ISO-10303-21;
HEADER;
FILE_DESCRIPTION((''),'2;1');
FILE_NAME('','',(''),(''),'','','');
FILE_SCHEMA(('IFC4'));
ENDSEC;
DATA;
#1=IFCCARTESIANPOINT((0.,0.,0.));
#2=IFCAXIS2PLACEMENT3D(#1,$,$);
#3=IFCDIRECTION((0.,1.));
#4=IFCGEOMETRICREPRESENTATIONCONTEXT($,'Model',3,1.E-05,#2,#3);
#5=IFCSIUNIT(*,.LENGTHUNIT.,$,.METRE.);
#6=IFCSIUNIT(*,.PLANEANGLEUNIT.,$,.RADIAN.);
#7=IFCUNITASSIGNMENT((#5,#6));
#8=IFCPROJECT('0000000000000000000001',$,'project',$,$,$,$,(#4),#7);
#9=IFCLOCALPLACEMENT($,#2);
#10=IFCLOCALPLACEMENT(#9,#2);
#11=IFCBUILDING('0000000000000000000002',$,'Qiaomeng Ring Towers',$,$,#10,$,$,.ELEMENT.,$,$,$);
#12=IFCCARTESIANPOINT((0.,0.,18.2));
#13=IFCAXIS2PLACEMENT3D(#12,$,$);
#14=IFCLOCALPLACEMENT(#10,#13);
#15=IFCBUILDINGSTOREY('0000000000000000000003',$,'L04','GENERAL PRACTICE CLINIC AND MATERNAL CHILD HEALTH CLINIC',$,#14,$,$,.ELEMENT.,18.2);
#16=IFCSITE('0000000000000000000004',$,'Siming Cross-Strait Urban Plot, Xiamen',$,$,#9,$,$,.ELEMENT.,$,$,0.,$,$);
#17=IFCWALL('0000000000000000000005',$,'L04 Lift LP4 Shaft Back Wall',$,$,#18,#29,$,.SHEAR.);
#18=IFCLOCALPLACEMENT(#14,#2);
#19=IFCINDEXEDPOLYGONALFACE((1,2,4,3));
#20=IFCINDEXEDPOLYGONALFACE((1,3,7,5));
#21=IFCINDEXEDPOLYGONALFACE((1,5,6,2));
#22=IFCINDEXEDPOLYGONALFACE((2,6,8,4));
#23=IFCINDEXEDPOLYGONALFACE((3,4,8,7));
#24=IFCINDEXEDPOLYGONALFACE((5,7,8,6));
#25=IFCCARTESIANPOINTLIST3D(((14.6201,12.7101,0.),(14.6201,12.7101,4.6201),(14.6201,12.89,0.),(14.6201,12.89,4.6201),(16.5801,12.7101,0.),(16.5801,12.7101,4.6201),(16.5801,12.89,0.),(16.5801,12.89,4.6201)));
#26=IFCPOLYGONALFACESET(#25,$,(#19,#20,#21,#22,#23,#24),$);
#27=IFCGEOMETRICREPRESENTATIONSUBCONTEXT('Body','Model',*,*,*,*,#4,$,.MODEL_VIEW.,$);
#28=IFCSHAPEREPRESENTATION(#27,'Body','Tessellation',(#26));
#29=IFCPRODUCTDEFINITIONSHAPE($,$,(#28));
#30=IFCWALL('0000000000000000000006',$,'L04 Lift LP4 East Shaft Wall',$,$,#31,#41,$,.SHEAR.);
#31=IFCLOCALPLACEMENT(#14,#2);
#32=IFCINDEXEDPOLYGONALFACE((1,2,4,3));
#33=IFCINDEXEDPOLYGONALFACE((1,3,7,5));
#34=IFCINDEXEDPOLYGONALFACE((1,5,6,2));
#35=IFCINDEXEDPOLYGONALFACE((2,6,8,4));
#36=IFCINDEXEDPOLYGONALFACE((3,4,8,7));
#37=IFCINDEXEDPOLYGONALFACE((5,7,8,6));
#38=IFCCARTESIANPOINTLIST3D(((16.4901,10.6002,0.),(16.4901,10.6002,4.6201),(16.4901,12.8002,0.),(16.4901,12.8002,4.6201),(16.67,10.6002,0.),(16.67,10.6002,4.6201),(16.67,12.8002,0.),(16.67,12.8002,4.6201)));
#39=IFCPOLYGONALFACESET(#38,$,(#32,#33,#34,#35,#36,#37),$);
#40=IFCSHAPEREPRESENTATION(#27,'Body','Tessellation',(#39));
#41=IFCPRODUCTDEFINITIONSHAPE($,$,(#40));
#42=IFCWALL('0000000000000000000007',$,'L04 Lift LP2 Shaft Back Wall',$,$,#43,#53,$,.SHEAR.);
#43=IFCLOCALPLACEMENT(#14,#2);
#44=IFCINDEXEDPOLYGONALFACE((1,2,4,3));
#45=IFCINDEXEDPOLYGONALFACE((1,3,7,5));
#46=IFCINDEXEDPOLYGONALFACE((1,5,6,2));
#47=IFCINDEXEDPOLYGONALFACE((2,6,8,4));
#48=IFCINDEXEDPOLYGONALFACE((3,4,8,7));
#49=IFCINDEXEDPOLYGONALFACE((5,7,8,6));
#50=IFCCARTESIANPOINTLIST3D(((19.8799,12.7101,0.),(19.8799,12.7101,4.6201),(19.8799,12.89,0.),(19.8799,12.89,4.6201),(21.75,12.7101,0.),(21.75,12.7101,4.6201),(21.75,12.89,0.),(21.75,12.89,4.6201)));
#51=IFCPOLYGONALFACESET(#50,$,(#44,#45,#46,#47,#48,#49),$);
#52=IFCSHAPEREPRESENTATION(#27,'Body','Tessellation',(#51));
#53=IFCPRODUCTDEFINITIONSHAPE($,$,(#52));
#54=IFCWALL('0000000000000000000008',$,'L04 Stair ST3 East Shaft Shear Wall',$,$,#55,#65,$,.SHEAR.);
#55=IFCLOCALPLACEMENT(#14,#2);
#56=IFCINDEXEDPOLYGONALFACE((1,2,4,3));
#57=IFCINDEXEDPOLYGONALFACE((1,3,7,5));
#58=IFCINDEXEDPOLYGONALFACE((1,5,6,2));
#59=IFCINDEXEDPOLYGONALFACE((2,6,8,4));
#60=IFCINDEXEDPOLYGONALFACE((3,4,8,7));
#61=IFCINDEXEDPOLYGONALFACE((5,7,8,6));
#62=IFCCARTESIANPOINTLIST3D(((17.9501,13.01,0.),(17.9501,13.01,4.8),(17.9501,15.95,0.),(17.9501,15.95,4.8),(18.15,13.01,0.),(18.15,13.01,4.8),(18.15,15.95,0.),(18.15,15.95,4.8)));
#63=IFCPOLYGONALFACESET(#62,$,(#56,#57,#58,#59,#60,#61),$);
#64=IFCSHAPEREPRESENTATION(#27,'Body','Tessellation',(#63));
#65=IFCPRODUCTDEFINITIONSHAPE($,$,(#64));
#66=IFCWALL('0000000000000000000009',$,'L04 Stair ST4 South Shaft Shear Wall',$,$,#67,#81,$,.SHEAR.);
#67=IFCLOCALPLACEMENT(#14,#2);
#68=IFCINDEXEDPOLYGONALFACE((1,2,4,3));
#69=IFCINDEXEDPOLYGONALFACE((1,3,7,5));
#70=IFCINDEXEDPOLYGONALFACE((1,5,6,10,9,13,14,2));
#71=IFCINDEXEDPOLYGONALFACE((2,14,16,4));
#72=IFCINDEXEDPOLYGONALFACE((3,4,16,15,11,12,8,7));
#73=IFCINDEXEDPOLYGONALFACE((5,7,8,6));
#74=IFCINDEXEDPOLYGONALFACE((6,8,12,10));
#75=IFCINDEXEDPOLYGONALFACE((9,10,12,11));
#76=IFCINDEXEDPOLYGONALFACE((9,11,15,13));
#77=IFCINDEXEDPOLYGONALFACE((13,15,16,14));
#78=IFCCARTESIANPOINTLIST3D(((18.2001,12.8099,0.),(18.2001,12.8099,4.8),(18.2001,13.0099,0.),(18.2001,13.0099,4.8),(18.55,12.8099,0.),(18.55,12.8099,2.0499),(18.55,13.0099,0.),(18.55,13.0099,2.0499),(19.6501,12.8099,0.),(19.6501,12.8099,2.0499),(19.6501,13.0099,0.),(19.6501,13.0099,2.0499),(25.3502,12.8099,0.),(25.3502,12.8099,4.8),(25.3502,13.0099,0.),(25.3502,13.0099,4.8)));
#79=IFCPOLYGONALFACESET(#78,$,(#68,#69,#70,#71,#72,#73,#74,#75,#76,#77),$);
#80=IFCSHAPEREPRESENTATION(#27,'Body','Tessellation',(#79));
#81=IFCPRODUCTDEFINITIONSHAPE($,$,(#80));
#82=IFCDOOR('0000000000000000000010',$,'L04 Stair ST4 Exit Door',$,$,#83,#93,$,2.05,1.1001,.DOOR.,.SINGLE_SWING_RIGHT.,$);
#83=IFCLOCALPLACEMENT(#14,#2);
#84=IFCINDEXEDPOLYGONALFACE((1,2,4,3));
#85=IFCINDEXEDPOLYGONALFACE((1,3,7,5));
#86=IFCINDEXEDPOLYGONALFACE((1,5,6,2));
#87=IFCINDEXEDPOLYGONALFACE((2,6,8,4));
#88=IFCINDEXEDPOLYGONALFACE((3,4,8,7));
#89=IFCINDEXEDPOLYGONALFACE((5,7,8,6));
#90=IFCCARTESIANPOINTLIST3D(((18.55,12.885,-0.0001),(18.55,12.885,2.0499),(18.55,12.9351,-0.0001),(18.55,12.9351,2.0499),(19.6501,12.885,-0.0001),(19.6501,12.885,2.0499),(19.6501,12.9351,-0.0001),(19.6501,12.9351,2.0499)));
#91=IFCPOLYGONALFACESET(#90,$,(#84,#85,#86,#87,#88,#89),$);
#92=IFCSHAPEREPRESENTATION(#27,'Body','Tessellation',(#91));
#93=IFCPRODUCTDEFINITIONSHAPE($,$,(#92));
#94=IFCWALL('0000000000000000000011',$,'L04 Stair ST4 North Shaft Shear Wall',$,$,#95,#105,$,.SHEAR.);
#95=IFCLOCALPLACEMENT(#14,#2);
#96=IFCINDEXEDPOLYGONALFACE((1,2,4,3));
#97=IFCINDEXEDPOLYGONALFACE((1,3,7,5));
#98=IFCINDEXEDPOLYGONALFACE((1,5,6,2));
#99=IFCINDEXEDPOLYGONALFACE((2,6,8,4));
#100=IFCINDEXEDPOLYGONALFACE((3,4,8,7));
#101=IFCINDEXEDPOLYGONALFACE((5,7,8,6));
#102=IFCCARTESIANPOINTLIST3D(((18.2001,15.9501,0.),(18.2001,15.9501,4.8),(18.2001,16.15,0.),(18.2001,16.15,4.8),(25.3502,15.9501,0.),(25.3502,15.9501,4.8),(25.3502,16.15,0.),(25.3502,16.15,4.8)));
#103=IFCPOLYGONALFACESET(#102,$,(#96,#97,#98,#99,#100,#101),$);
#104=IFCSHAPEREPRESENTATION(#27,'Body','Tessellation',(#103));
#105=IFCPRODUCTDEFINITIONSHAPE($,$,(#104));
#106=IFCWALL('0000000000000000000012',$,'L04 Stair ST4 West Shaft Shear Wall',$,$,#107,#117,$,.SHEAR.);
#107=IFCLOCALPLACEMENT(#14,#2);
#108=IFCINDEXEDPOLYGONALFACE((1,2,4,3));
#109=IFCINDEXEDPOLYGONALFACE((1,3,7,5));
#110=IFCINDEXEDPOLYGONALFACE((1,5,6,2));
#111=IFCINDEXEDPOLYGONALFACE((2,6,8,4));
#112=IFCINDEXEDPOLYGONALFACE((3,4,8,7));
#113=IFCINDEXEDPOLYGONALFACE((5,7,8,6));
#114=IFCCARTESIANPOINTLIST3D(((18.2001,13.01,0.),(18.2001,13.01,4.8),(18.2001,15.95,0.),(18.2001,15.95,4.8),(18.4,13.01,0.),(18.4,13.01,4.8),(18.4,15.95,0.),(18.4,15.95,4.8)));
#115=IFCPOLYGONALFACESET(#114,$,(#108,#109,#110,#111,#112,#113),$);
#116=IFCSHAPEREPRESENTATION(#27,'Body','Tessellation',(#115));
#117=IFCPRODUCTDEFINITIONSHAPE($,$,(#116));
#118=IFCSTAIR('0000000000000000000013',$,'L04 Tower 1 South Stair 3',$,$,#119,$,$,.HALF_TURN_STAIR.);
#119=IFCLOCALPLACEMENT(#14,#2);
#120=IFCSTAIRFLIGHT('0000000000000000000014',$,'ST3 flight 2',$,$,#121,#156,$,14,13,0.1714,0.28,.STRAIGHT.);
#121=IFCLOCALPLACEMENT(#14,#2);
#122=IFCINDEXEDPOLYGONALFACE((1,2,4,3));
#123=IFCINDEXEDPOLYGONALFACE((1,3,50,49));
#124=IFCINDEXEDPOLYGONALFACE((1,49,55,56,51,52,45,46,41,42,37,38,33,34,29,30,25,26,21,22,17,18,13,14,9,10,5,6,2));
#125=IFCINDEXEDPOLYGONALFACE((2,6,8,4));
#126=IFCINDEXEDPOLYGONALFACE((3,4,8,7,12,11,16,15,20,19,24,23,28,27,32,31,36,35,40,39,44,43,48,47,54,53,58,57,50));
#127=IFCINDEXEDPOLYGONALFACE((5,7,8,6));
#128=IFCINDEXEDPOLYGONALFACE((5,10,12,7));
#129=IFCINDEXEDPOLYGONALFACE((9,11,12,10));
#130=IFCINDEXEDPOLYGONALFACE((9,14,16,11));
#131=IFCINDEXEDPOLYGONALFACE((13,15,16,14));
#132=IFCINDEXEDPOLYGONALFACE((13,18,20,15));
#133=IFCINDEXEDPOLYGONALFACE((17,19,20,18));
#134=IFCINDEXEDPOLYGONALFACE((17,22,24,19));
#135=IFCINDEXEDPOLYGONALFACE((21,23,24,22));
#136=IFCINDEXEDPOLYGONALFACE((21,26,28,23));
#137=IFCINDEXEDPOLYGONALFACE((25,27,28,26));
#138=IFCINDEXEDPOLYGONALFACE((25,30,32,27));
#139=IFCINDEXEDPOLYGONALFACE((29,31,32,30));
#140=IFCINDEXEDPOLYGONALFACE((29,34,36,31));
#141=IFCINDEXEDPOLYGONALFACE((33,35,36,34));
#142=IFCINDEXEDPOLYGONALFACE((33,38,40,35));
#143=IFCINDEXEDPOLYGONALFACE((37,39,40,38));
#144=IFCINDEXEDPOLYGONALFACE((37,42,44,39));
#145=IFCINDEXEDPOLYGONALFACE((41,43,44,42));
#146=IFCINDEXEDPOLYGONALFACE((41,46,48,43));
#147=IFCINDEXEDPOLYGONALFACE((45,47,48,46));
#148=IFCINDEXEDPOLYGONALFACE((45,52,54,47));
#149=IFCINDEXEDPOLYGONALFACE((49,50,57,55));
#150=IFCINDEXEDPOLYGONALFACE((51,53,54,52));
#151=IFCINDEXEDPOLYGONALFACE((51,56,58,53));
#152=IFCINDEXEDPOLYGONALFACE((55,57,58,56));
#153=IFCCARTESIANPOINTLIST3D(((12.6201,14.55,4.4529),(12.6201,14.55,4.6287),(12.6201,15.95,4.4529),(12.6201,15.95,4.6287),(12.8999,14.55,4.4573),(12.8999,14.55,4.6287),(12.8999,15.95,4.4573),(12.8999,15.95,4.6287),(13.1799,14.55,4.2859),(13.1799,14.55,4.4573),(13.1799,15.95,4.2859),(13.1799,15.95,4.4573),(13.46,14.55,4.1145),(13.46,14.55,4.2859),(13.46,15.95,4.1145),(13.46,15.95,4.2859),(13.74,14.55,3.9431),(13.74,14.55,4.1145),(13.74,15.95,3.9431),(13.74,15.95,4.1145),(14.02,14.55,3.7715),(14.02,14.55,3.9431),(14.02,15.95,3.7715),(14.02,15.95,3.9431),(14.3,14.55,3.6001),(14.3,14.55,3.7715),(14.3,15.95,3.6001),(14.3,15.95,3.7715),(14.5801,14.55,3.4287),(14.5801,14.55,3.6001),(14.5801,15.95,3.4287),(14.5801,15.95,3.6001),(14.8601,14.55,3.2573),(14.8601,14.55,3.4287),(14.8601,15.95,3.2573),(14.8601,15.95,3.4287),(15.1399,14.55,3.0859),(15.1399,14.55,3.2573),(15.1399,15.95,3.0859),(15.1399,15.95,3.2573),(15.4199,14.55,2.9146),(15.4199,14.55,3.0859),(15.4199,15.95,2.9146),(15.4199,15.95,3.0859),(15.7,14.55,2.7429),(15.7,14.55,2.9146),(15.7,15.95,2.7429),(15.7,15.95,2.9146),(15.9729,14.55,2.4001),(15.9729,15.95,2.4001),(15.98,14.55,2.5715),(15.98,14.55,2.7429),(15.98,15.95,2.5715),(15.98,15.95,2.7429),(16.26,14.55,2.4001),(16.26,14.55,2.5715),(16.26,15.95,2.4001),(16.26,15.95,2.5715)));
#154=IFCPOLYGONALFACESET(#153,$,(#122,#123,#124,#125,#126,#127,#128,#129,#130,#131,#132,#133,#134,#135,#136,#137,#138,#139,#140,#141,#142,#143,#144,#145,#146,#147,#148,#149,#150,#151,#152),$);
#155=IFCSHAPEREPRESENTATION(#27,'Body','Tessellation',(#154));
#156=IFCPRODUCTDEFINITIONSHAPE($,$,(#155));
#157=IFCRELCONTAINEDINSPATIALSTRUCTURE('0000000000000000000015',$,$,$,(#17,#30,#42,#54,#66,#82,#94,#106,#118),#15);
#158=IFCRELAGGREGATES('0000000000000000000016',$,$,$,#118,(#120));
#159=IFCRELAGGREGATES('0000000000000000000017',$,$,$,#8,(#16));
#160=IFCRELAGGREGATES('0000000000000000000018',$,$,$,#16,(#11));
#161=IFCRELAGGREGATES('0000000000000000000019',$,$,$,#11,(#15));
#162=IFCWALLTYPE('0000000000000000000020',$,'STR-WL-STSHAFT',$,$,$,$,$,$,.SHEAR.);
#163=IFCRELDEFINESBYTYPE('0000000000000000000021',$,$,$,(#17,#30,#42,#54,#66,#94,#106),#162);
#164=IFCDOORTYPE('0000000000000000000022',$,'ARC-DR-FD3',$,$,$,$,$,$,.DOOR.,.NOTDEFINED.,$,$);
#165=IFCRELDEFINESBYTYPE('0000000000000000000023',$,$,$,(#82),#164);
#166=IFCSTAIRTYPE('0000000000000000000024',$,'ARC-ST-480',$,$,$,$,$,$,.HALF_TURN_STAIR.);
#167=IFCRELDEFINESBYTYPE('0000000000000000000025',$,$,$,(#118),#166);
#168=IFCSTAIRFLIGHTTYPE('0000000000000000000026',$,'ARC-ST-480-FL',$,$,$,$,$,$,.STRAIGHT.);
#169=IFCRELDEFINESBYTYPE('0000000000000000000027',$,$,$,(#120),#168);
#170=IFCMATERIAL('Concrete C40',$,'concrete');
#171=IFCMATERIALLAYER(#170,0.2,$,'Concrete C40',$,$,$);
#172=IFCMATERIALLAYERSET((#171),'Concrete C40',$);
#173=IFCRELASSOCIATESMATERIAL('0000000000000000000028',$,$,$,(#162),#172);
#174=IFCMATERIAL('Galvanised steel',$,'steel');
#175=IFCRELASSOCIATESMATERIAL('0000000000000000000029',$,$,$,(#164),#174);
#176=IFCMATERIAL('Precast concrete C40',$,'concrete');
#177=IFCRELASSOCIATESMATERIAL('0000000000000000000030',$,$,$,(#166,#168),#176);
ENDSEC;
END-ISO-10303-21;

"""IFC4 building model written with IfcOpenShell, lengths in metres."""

from ifc_helpers import new_model, si_unit, direction, frame, frame_2d, origin, place, context, subcontext, project, spatial, polyline, rectangle, outline, extrude, source, transform, mapped, material, layer, layer_set, type_object, element, fill, aggregate, save


model = new_model("IFC4")

# Units and contexts
model_context = context("Model", 3, precision=1e-05, world=origin(), true_north=direction((0.0, 1.0)))
body_context = subcontext(model_context, "Body", "Model", "MODEL_VIEW")
ifc_project = project(units=[si_unit("LENGTHUNIT", "METRE"), si_unit("PLANEANGLEUNIT", "RADIAN")], contexts=[model_context])

# Site, building, storey
site_placement = place(None, origin())
site = spatial("IfcSite", under=ifc_project, at=site_placement, Name="Siming Cross-Strait Urban Plot, Xiamen", CompositionType="ELEMENT", RefElevation=0.0)
building_placement = place(site_placement, origin())
building = spatial("IfcBuilding", under=site, at=building_placement, Name="Qiaomeng Ring Towers", CompositionType="ELEMENT")
storey_placement = place(building_placement, frame((0.0, 0.0, 18.2)))
storey = spatial("IfcBuildingStorey", under=building, at=storey_placement, Name="L04", Description="GENERAL PRACTICE CLINIC AND MATERNAL CHILD HEALTH CLINIC", CompositionType="ELEMENT", Elevation=18.2)

# Shared definitions
ifc_material_1 = material(Name="Precast concrete C40", Category="concrete")

# Walls
ifc_material_2 = material(Name="Concrete C40", Category="concrete")
ifc_layer_1 = layer(ifc_material_2, 0.2, Name="Concrete C40")
ifc_layer_set_1 = layer_set([ifc_layer_1], Name="Concrete C40")
wall_type_1 = type_object("IfcWallType", Name="STR-WL-STSHAFT", PredefinedType="SHEAR", material=ifc_layer_set_1)
wall_1_placement = place(storey_placement, frame((14.6201, 12.8, 0.0), z_axis=(0.0, 0.0, 1.0), x_axis=(1.0, 0.0, 0.0)))
element("IfcWall", 1, at=wall_1_placement, inside=storey, type_object=wall_type_1, Name="L04 Lift LP4 Shaft Back Wall", PredefinedType="SHEAR", context=body_context, shape_type="SweptSolid", body=[
    extrude(rectangle(XDim=1.96, YDim=0.1799, at=frame_2d((0.98, 0.0))), origin(), (0.0, 0.0, 1.0), 4.6201),
])
wall_2_placement = place(storey_placement, frame((16.5801, 10.6001, 0.0), z_axis=(0.0, 0.0, 1.0), x_axis=(0.0, 1.0, 0.0)))
element("IfcWall", 2, at=wall_2_placement, inside=storey, type_object=wall_type_1, Name="L04 Lift LP4 East Shaft Wall", PredefinedType="SHEAR", context=body_context, shape_type="SweptSolid", body=[
    extrude(rectangle(XDim=2.2, YDim=0.1799, at=frame_2d((1.1001, 0.0))), origin(), (0.0, 0.0, 1.0), 4.6201),
])
wall_3_placement = place(storey_placement, frame((19.8799, 12.8, 0.0), z_axis=(0.0, 0.0, 1.0), x_axis=(1.0, 0.0, 0.0)))
element("IfcWall", 3, at=wall_3_placement, inside=storey, type_object=wall_type_1, Name="L04 Lift LP2 Shaft Back Wall", PredefinedType="SHEAR", context=body_context, shape_type="SweptSolid", body=[
    extrude(rectangle(XDim=1.8701, YDim=0.1799, at=frame_2d((0.9351, 0.0))), origin(), (0.0, 0.0, 1.0), 4.6201),
])
wall_4_placement = place(storey_placement, frame((18.05, 13.01, 0.0), z_axis=(0.0, 0.0, 1.0), x_axis=(0.0, 1.0, 0.0)))
element("IfcWall", 4, at=wall_4_placement, inside=storey, type_object=wall_type_1, Name="L04 Stair ST3 East Shaft Shear Wall", PredefinedType="SHEAR", context=body_context, shape_type="SweptSolid", body=[
    extrude(rectangle(XDim=2.9399, YDim=0.2, at=frame_2d((1.47, 0.0))), origin(), (0.0, 0.0, 1.0), 4.8),
])

# Wall, opening, door
wall_5_placement = place(storey_placement, frame((18.2, 12.9099, 0.0), z_axis=(0.0, 0.0, 1.0), x_axis=(1.0, 0.0, 0.0)))
wall_5 = element("IfcWall", 5, at=wall_5_placement, inside=storey, type_object=wall_type_1, Name="L04 Stair ST4 South Shaft Shear Wall", PredefinedType="SHEAR", context=body_context, shape_type="SweptSolid", body=[
    extrude(rectangle(XDim=7.1501, YDim=0.2, at=frame_2d((3.5752, 0.0))), origin(), (0.0, 0.0, 1.0), 4.8),
])
opening_1_placement = place(wall_5_placement, frame((0.3501, 0.0, 0.0)))
opening_1 = element("IfcOpeningElement", 6, at=opening_1_placement, cuts=wall_5, PredefinedType="OPENING", context=body_context, shape_type="SweptSolid", body=[
    extrude(rectangle(XDim=1.1001, YDim=2.05, at=frame_2d((0.55, 1.0249))), frame((0.0, 0.1099, 0.0), z_axis=(0.0, -1.0, 0.0), x_axis=(1.0, 0.0, 0.0)), (0.0, 0.0, 1.0), 0.22),
])
ifc_material_3 = material(Name="Galvanised steel", Category="steel")
door_type_1 = type_object("IfcDoorType", Name="ARC-DR-FD3", OperationType="NOTDEFINED", PredefinedType="DOOR", material=ifc_material_3)
shared_shape_1 = source(origin(), body_context, "Body", "SweptSolid", [
    extrude(rectangle(XDim=1.1001, YDim=2.05, at=frame_2d((0.55, 1.0249))), frame((0.0, 0.0249, 0.0), z_axis=(0.0, -1.0, 0.0), x_axis=(1.0, 0.0, 0.0)), (0.0, 0.0, 1.0), 0.05),
])
door_1_placement = place(opening_1_placement, frame((1.1001, 0.0, 0.0), z_axis=(0.0, 0.0, 1.0), x_axis=(-1.0, 0.0, 0.0)))
door_1 = element("IfcDoor", 7, at=door_1_placement, inside=storey, type_object=door_type_1, Name="L04 Stair ST4 Exit Door", OperationType="SINGLE_SWING_RIGHT", OverallHeight=2.05, OverallWidth=1.1001, PredefinedType="DOOR", context=body_context, shape_type="MappedRepresentation", body=[
    mapped(shared_shape_1, transform((0.0, 0.0, 0.0), x_axis=(1.0, 0.0, 0.0), y_axis=(0.0, 1.0, 0.0), z_axis=(0.0, 0.0, 1.0), scale=1.0)),
])
fill(opening_1, door_1)

# Walls
wall_6_placement = place(storey_placement, frame((18.2, 16.05, 0.0), z_axis=(0.0, 0.0, 1.0), x_axis=(1.0, 0.0, 0.0)))
element("IfcWall", 8, at=wall_6_placement, inside=storey, type_object=wall_type_1, Name="L04 Stair ST4 North Shaft Shear Wall", PredefinedType="SHEAR", context=body_context, shape_type="SweptSolid", body=[
    extrude(rectangle(XDim=7.1501, YDim=0.2, at=frame_2d((3.5752, 0.0))), origin(), (0.0, 0.0, 1.0), 4.8),
])
wall_7_placement = place(storey_placement, frame((18.3, 13.01, 0.0), z_axis=(0.0, 0.0, 1.0), x_axis=(0.0, 1.0, 0.0)))
element("IfcWall", 9, at=wall_7_placement, inside=storey, type_object=wall_type_1, Name="L04 Stair ST4 West Shaft Shear Wall", PredefinedType="SHEAR", context=body_context, shape_type="SweptSolid", body=[
    extrude(rectangle(XDim=2.9399, YDim=0.2, at=frame_2d((1.47, 0.0))), origin(), (0.0, 0.0, 1.0), 4.8),
])

# Stair, stair flight
stair_type = type_object("IfcStairType", Name="ARC-ST-480", PredefinedType="HALF_TURN_STAIR", material=ifc_material_1)
stair_1_placement = place(storey_placement, origin())
stair_1 = element("IfcStair", 10, at=stair_1_placement, inside=storey, type_object=stair_type, Name="L04 Tower 1 South Stair 3", PredefinedType="HALF_TURN_STAIR")
stair_flight_type = type_object("IfcStairFlightType", Name="ARC-ST-480-FL", PredefinedType="STRAIGHT", material=ifc_material_1)
shared_shape_2 = source(origin(), body_context, "Body", "SweptSolid", [
    extrude(outline(polyline([(0.0, 0.0), (0.0, 0.1714), (0.28, 0.1714), (0.28, 0.3428), (0.5601, 0.3428), (0.5601, 0.5144), (0.8401, 0.5144), (0.8401, 0.6858), (1.1201, 0.6858), (1.1201, 0.8572), (1.3999, 0.8572), (1.3999, 1.0286), (1.6799, 1.0286), (1.6799, 1.2), (1.96, 1.2), (1.96, 1.3713), (2.24, 1.3713), (2.24, 1.543), (2.52, 1.543), (2.52, 1.7144), (2.8, 1.7144), (2.8, 1.8857), (3.0801, 1.8857), (3.0801, 2.0571), (3.3601, 2.0571), (3.3601, 2.2285), (3.6399, 2.2285), (3.6399, 2.3999), (3.6399, 2.0527), (0.2871, 0.0), (0.0, 0.0)])), frame((0.0, 0.7, 0.0), z_axis=(0.0, -1.0, 0.0), x_axis=(1.0, 0.0, 0.0)), (0.0, 0.0, 1.0), 1.3999),
])
stair_flight_1_placement = place(storey_placement, frame((16.26, 15.25, 2.4001), z_axis=(0.0, 0.0, 1.0), x_axis=(-1.0, 0.0, 0.0)))
stair_flight_1 = element("IfcStairFlight", 11, at=stair_flight_1_placement, type_object=stair_flight_type, Name="ST3 flight 2", NumberOfRisers=14, NumberOfTreads=13, PredefinedType="STRAIGHT", RiserHeight=0.1714, TreadLength=0.28, context=body_context, shape_type="MappedRepresentation", body=[
    mapped(shared_shape_2, transform((0.0, 0.0, 0.0), x_axis=(1.0, 0.0, 0.0), y_axis=(0.0, 1.0, 0.0), z_axis=(0.0, 0.0, 1.0), scale=1.0)),
])
aggregate(stair_1, [stair_flight_1])

save(model, "model.ifc")
